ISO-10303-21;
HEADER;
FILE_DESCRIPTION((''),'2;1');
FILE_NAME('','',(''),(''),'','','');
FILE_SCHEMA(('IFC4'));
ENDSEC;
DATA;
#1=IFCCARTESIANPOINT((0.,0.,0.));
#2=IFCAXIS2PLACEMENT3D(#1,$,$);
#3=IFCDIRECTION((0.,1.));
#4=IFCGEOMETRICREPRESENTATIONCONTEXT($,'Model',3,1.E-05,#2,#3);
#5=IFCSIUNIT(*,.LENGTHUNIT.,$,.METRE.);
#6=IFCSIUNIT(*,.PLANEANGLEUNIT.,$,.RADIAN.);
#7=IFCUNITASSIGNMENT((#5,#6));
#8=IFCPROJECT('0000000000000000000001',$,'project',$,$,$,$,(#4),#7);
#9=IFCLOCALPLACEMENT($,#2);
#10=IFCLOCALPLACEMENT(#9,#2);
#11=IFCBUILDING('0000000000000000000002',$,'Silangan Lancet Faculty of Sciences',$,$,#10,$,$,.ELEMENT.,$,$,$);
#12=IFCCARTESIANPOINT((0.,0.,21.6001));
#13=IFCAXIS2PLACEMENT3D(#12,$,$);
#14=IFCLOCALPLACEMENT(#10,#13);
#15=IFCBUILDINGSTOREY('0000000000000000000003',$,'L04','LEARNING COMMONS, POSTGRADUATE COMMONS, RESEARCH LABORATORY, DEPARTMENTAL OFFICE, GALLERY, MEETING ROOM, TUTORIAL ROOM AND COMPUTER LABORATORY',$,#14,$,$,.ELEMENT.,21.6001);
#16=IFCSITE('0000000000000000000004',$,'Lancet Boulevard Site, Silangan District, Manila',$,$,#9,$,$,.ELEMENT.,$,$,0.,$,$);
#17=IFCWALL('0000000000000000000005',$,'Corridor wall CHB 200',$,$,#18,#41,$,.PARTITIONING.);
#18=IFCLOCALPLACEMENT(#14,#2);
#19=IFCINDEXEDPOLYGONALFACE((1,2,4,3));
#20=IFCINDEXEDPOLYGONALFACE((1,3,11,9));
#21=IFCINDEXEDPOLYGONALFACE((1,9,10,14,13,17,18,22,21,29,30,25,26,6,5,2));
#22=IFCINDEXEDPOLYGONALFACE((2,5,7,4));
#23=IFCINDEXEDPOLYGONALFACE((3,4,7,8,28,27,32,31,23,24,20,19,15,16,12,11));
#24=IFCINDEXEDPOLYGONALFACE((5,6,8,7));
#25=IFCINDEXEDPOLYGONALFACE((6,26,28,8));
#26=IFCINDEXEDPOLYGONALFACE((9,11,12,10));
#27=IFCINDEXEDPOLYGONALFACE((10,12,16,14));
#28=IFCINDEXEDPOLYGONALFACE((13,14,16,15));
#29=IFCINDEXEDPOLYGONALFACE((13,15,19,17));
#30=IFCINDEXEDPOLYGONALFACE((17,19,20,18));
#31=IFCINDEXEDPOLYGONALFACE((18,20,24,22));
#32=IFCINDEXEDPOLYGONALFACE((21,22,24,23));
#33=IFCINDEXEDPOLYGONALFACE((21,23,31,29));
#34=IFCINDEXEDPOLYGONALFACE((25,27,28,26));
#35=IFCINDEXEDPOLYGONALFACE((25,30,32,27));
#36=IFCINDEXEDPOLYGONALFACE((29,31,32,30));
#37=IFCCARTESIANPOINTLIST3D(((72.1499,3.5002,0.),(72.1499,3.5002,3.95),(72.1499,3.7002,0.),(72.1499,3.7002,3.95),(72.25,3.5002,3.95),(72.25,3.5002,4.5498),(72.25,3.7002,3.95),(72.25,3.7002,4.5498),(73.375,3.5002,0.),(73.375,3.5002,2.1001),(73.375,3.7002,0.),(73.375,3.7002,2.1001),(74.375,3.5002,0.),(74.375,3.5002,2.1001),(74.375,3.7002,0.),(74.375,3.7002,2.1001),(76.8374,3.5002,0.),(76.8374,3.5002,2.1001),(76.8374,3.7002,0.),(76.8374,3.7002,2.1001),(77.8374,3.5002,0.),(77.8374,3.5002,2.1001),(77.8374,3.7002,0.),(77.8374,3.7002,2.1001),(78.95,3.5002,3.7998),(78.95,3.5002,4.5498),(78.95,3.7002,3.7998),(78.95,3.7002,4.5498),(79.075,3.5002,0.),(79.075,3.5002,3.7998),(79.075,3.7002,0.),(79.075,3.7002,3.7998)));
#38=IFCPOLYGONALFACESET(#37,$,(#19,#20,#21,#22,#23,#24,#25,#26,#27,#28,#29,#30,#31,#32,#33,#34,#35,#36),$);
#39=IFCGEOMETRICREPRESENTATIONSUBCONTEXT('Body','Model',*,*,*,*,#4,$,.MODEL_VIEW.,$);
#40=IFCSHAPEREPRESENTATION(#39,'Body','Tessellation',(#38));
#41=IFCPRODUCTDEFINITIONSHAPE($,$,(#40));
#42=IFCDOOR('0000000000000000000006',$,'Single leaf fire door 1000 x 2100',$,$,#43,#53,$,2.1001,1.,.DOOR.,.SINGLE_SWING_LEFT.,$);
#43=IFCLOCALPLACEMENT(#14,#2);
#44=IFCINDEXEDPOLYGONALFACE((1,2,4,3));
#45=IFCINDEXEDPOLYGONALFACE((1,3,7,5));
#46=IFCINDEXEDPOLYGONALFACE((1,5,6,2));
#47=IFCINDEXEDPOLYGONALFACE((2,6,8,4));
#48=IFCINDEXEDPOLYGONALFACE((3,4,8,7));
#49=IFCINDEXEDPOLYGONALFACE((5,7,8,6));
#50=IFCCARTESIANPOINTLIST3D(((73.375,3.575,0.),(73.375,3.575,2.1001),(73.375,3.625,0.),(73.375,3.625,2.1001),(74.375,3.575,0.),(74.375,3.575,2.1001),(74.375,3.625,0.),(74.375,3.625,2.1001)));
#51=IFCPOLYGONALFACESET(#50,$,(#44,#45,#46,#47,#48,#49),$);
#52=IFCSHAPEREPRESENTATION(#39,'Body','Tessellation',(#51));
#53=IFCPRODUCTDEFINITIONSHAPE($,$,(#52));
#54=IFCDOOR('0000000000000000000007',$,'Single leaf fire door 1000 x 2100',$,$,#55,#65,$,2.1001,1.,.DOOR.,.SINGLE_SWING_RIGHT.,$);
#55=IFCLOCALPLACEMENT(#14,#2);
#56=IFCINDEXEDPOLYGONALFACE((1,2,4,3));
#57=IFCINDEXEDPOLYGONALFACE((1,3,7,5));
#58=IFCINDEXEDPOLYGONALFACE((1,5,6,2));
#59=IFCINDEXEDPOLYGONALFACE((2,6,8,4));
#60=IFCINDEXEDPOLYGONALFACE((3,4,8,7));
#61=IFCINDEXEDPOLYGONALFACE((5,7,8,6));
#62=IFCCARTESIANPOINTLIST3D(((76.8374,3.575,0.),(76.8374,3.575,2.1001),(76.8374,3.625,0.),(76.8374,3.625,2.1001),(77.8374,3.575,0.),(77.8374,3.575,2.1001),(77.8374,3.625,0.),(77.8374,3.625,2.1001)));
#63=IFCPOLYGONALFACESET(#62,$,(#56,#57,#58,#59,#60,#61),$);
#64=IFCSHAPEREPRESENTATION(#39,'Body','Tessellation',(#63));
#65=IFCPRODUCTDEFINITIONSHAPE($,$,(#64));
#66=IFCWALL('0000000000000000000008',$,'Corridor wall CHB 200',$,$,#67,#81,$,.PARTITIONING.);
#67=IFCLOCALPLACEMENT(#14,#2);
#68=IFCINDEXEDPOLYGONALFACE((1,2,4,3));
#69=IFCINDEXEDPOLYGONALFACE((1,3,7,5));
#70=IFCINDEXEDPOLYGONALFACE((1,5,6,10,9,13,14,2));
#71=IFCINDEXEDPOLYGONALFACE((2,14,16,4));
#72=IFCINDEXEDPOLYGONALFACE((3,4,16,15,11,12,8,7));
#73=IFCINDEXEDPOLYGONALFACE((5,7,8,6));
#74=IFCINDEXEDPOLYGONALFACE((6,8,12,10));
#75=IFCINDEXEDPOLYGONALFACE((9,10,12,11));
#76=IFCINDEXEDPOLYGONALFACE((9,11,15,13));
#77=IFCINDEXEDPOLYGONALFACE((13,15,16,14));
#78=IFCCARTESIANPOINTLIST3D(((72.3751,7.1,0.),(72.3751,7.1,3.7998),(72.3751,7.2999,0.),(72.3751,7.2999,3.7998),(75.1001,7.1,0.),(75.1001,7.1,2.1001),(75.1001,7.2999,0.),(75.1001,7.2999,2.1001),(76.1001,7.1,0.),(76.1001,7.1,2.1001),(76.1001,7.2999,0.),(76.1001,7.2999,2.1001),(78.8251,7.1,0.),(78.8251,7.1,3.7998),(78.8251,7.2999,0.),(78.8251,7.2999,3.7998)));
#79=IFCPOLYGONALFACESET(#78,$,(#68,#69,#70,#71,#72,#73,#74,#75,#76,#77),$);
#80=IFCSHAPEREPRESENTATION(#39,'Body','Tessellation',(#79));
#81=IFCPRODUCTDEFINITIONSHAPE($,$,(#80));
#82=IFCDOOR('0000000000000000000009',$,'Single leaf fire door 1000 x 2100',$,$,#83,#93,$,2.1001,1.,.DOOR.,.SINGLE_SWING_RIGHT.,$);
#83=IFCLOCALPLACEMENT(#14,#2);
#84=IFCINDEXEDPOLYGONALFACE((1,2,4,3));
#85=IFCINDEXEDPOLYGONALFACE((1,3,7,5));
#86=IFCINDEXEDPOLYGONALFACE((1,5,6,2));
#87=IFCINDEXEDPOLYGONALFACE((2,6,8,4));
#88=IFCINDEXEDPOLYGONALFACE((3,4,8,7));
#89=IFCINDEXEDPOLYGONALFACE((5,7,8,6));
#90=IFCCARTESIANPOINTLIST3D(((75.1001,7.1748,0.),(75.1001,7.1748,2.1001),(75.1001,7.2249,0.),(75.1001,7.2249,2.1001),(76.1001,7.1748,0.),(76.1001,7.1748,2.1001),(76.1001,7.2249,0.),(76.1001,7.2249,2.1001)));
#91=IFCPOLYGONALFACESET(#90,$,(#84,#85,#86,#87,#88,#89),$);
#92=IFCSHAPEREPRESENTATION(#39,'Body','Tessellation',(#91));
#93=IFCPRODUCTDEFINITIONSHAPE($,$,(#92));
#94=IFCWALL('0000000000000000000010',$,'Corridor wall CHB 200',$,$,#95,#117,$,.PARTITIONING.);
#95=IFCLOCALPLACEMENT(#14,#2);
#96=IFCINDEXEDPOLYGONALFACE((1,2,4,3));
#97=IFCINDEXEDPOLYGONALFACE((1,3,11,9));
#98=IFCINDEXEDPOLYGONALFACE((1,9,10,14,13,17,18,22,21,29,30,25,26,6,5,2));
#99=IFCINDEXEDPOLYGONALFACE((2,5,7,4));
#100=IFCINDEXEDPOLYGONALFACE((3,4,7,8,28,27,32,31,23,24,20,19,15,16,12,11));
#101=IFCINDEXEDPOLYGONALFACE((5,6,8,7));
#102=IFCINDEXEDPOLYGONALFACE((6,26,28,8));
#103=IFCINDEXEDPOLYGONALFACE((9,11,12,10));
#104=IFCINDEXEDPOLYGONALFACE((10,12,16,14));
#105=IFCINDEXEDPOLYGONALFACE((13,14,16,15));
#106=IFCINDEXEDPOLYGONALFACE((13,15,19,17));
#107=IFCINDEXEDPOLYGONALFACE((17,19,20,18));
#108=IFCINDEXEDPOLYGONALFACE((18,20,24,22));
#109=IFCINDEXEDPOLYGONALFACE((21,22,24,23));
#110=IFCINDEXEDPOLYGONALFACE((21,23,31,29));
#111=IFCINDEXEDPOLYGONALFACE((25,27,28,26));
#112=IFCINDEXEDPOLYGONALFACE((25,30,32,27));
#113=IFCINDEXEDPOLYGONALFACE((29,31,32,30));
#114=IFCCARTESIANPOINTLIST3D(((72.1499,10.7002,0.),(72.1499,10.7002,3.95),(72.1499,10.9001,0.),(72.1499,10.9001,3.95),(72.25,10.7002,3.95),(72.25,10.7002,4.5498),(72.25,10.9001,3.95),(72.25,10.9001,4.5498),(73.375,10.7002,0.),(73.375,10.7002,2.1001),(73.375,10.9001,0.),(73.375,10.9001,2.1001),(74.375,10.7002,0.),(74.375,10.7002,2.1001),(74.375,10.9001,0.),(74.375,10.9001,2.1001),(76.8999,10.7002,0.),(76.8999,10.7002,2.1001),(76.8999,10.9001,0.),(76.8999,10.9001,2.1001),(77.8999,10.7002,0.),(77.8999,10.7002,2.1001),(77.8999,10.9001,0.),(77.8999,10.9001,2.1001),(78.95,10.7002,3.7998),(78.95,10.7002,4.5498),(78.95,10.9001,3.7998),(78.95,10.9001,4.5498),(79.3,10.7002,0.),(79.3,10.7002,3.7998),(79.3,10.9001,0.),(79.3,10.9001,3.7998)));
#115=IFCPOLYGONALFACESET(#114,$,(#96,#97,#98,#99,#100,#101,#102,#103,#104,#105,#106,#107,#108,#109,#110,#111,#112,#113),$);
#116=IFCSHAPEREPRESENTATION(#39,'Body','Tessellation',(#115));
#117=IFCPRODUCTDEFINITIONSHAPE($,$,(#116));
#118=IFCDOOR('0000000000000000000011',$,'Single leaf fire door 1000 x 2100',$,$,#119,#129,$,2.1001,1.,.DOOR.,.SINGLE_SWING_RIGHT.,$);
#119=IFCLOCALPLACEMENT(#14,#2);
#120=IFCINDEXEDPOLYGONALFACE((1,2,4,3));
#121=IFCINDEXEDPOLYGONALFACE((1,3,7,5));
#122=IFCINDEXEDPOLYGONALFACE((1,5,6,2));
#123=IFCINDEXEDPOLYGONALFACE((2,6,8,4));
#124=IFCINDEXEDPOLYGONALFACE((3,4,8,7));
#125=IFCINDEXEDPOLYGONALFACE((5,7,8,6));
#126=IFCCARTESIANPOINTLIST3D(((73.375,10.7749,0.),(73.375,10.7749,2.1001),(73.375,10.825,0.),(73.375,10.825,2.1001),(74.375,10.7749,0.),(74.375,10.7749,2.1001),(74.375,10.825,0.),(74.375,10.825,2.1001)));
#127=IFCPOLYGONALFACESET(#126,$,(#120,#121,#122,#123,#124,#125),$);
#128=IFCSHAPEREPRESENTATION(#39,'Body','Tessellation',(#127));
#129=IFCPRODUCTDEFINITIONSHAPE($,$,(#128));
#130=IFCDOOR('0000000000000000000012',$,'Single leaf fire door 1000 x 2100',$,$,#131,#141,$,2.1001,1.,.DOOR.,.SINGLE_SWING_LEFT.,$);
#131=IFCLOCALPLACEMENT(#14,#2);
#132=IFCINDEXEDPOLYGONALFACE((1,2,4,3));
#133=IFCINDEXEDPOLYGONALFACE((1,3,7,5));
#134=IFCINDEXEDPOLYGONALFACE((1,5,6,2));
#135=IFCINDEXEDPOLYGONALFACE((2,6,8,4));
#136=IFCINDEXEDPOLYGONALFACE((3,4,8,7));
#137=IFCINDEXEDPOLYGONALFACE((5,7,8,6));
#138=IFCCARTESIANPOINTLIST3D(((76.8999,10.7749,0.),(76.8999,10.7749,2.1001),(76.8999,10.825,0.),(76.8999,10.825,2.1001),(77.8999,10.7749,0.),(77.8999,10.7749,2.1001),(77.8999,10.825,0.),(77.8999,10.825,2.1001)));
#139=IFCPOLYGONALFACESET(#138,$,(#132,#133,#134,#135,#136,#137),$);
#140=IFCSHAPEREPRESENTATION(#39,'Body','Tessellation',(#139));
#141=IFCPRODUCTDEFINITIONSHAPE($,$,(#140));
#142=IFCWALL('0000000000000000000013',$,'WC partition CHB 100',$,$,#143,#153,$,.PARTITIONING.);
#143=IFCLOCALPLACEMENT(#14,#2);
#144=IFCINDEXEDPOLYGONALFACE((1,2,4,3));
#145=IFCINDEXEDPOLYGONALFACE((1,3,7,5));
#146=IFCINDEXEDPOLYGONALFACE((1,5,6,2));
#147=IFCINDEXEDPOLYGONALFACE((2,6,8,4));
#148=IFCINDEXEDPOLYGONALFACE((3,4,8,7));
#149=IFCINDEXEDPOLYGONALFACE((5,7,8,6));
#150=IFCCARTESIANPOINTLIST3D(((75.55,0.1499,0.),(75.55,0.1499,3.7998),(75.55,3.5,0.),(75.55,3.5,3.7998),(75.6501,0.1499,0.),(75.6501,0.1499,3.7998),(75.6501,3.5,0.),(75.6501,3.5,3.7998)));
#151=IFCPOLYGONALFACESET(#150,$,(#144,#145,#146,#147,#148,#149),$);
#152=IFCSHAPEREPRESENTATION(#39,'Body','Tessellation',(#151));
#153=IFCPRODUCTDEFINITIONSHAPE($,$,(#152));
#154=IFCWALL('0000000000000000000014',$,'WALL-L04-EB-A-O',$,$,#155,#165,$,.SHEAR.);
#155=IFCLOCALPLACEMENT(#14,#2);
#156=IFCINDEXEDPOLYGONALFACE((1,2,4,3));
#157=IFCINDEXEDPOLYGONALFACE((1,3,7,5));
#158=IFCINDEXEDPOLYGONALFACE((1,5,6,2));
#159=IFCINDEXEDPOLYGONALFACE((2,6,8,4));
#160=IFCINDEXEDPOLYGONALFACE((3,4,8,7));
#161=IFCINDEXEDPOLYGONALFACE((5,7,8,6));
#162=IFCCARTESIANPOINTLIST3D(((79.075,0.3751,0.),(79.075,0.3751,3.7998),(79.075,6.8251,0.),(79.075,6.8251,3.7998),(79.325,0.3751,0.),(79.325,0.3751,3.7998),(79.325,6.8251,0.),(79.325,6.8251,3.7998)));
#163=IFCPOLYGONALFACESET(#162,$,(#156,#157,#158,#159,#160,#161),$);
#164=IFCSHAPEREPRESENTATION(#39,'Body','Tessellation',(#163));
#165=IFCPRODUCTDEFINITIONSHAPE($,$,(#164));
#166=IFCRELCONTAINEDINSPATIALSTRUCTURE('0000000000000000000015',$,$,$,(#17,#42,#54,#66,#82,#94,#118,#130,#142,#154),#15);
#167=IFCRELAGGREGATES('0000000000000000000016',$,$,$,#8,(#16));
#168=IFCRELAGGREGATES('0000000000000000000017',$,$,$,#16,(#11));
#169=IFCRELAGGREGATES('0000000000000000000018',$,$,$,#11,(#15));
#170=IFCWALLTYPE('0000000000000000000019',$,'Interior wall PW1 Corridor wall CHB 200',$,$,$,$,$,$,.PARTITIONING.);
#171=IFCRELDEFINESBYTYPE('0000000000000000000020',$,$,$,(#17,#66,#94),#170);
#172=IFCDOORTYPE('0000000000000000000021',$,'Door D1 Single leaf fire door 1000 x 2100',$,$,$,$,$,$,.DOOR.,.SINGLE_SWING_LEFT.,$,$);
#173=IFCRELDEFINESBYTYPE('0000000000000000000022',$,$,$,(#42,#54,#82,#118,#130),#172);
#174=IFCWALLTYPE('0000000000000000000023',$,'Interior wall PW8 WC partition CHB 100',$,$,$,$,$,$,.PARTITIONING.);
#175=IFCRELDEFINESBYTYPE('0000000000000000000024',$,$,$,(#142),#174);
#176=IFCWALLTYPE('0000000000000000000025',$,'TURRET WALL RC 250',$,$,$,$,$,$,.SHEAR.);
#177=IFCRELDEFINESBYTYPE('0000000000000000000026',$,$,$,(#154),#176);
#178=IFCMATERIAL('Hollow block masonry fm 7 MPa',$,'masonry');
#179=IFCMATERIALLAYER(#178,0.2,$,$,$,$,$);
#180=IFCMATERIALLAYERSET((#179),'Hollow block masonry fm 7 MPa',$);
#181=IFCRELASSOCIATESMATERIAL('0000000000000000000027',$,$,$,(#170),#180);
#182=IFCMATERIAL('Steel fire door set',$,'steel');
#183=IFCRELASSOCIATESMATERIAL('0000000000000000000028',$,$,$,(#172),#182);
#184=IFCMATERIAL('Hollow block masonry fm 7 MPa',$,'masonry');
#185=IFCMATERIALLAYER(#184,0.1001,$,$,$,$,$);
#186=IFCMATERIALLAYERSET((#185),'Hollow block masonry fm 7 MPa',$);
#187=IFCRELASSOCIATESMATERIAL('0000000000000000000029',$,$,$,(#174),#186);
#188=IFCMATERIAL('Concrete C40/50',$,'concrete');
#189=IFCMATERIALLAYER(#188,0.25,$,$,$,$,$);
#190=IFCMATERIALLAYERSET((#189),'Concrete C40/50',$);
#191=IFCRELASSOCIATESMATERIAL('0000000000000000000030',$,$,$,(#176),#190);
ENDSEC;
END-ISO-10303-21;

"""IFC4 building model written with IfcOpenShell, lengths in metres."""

from ifc_helpers import new_model, si_unit, direction, frame, frame_2d, origin, place, context, subcontext, project, spatial, polyline, rectangle, outline, extrude, material, layer, layer_set, type_object, element, fill, save


model = new_model("IFC4")

# Units and contexts
model_context = context("Model", 3, precision=1e-05, world=origin(), true_north=direction((0.0, 1.0)))
body_context = subcontext(model_context, "Body", "Model", "MODEL_VIEW")
ifc_project = project(units=[si_unit("LENGTHUNIT", "METRE"), si_unit("PLANEANGLEUNIT", "RADIAN")], contexts=[model_context])

# Site, building, storey
site_placement = place(None, origin())
site = spatial("IfcSite", under=ifc_project, at=site_placement, Name="Lancet Boulevard Site, Silangan District, Manila", CompositionType="ELEMENT", RefElevation=0.0)
building_placement = place(site_placement, origin())
building = spatial("IfcBuilding", under=site, at=building_placement, Name="Silangan Lancet Faculty of Sciences", CompositionType="ELEMENT")
storey_placement = place(building_placement, frame((0.0, 0.0, 21.6001)))
storey = spatial("IfcBuildingStorey", under=building, at=storey_placement, Name="L04", Description="LEARNING COMMONS, POSTGRADUATE COMMONS, RESEARCH LABORATORY, DEPARTMENTAL OFFICE, GALLERY, MEETING ROOM, TUTORIAL ROOM AND COMPUTER LABORATORY", CompositionType="ELEMENT", Elevation=21.6001)

# Wall, openings, doors
ifc_material_1 = material(Name="Hollow block masonry fm 7 MPa", Category="masonry")
ifc_layer_1 = layer(ifc_material_1, 0.2)
ifc_layer_set_1 = layer_set([ifc_layer_1], Name="Hollow block masonry fm 7 MPa")
wall_type_1 = type_object("IfcWallType", Name="Interior wall PW1 Corridor wall CHB 200", PredefinedType="PARTITIONING", material=ifc_layer_set_1)
wall_1_placement = place(storey_placement, frame((72.1499, 3.6001, 0.0), z_axis=(0.0, 0.0, 1.0), x_axis=(1.0, 0.0, 0.0)))
wall_1 = element("IfcWall", 1, at=wall_1_placement, inside=storey, type_object=wall_type_1, Name="Corridor wall CHB 200", PredefinedType="PARTITIONING", context=body_context, shape_type="SweptSolid", body=[
    extrude(outline(polyline([(0.0, 0.0), (6.925, 0.0), (6.925, 3.7998), (6.8, 3.7998), (6.8, 4.5498), (0.1001, 4.5498), (0.1001, 3.95), (0.0, 3.95), (0.0, 0.0)])), frame((0.0, 0.1001, 0.0), z_axis=(0.0, -1.0, 0.0), x_axis=(1.0, 0.0, 0.0)), (0.0, 0.0, 1.0), 0.2),
])
opening_1_placement = place(wall_1_placement, frame((1.2251, 0.0, 0.0)))
opening_1 = element("IfcOpeningElement", 2, at=opening_1_placement, cuts=wall_1, PredefinedType="OPENING", context=body_context, shape_type="SweptSolid", body=[
    extrude(rectangle(XDim=1.0, YDim=2.1001, at=frame_2d((0.5, 1.05))), frame((0.0, 0.1099, 0.0), z_axis=(0.0, -1.0, 0.0), x_axis=(1.0, 0.0, 0.0)), (0.0, 0.0, 1.0), 0.22),
])
opening_2_placement = place(wall_1_placement, frame((4.6875, 0.0, 0.0)))
opening_2 = element("IfcOpeningElement", 3, at=opening_2_placement, cuts=wall_1, PredefinedType="OPENING", context=body_context, shape_type="SweptSolid", body=[
    extrude(rectangle(XDim=1.0, YDim=2.1001, at=frame_2d((0.5, 1.05))), frame((0.0, 0.1099, 0.0), z_axis=(0.0, -1.0, 0.0), x_axis=(1.0, 0.0, 0.0)), (0.0, 0.0, 1.0), 0.22),
])
ifc_material_2 = material(Name="Steel fire door set", Category="steel")
door_type = type_object("IfcDoorType", Name="Door D1 Single leaf fire door 1000 x 2100", OperationType="SINGLE_SWING_LEFT", PredefinedType="DOOR", material=ifc_material_2)
door_1_placement = place(opening_1_placement, frame((1.0, 0.0, 0.0), z_axis=(0.0, 0.0, 1.0), x_axis=(-1.0, 0.0, 0.0)))
door_1 = element("IfcDoor", 4, at=door_1_placement, inside=storey, type_object=door_type, Name="Single leaf fire door 1000 x 2100", OperationType="SINGLE_SWING_LEFT", OverallHeight=2.1001, OverallWidth=1.0, PredefinedType="DOOR", context=body_context, shape_type="SweptSolid", body=[
    extrude(rectangle(XDim=1.0, YDim=2.1001, at=frame_2d((0.5, 1.05))), frame((0.0, 0.0251, 0.0), z_axis=(0.0, -1.0, 0.0), x_axis=(1.0, 0.0, 0.0)), (0.0, 0.0, 1.0), 0.05),
])
fill(opening_1, door_1)
door_2_placement = place(opening_2_placement, frame((1.0, 0.0, 0.0), z_axis=(0.0, 0.0, 1.0), x_axis=(-1.0, 0.0, 0.0)))
door_2 = element("IfcDoor", 5, at=door_2_placement, inside=storey, type_object=door_type, Name="Single leaf fire door 1000 x 2100", OperationType="SINGLE_SWING_RIGHT", OverallHeight=2.1001, OverallWidth=1.0, PredefinedType="DOOR", context=body_context, shape_type="SweptSolid", body=[
    extrude(rectangle(XDim=1.0, YDim=2.1001, at=frame_2d((0.5, 1.05))), frame((0.0, 0.0251, 0.0), z_axis=(0.0, -1.0, 0.0), x_axis=(1.0, 0.0, 0.0)), (0.0, 0.0, 1.0), 0.05),
])
fill(opening_2, door_2)

# Wall, opening, door
wall_2_placement = place(storey_placement, frame((72.375, 7.2, 0.0), z_axis=(0.0, 0.0, 1.0), x_axis=(1.0, 0.0, 0.0)))
wall_2 = element("IfcWall", 6, at=wall_2_placement, inside=storey, type_object=wall_type_1, Name="Corridor wall CHB 200", PredefinedType="PARTITIONING", context=body_context, shape_type="SweptSolid", body=[
    extrude(rectangle(XDim=6.45, YDim=0.2, at=frame_2d((3.2251, 0.0))), origin(), (0.0, 0.0, 1.0), 3.7998),
])
opening_3_placement = place(wall_2_placement, frame((2.7251, 0.0, 0.0)))
opening_3 = element("IfcOpeningElement", 7, at=opening_3_placement, cuts=wall_2, PredefinedType="OPENING", context=body_context, shape_type="SweptSolid", body=[
    extrude(rectangle(XDim=1.0, YDim=2.1001, at=frame_2d((0.5, 1.05))), frame((0.0, 0.1099, 0.0), z_axis=(0.0, -1.0, 0.0), x_axis=(1.0, 0.0, 0.0)), (0.0, 0.0, 1.0), 0.22),
])
door_3_placement = place(opening_3_placement, frame((1.0, 0.0, 0.0), z_axis=(0.0, 0.0, 1.0), x_axis=(-1.0, 0.0, 0.0)))
door_3 = element("IfcDoor", 8, at=door_3_placement, inside=storey, type_object=door_type, Name="Single leaf fire door 1000 x 2100", OperationType="SINGLE_SWING_RIGHT", OverallHeight=2.1001, OverallWidth=1.0, PredefinedType="DOOR", context=body_context, shape_type="SweptSolid", body=[
    extrude(rectangle(XDim=1.0, YDim=2.1001, at=frame_2d((0.5, 1.05))), frame((0.0, 0.0251, 0.0), z_axis=(0.0, -1.0, 0.0), x_axis=(1.0, 0.0, 0.0)), (0.0, 0.0, 1.0), 0.05),
])
fill(opening_3, door_3)

# Wall, openings, doors
wall_3_placement = place(storey_placement, frame((72.1499, 10.8, 0.0), z_axis=(0.0, 0.0, 1.0), x_axis=(1.0, 0.0, 0.0)))
wall_3 = element("IfcWall", 9, at=wall_3_placement, inside=storey, type_object=wall_type_1, Name="Corridor wall CHB 200", PredefinedType="PARTITIONING", context=body_context, shape_type="SweptSolid", body=[
    extrude(outline(polyline([(0.0, 0.0), (7.1501, 0.0), (7.1501, 3.7998), (6.8, 3.7998), (6.8, 4.5498), (0.1001, 4.5498), (0.1001, 3.95), (0.0, 3.95), (0.0, 0.0)])), frame((0.0, 0.1001, 0.0), z_axis=(0.0, -1.0, 0.0), x_axis=(1.0, 0.0, 0.0)), (0.0, 0.0, 1.0), 0.2),
])
opening_4_placement = place(wall_3_placement, frame((1.2251, 0.0, 0.0)))
opening_4 = element("IfcOpeningElement", 10, at=opening_4_placement, cuts=wall_3, PredefinedType="OPENING", context=body_context, shape_type="SweptSolid", body=[
    extrude(rectangle(XDim=1.0, YDim=2.1001, at=frame_2d((0.5, 1.05))), frame((0.0, 0.1099, 0.0), z_axis=(0.0, -1.0, 0.0), x_axis=(1.0, 0.0, 0.0)), (0.0, 0.0, 1.0), 0.22),
])
opening_5_placement = place(wall_3_placement, frame((4.75, 0.0, 0.0)))
opening_5 = element("IfcOpeningElement", 11, at=opening_5_placement, cuts=wall_3, PredefinedType="OPENING", context=body_context, shape_type="SweptSolid", body=[
    extrude(rectangle(XDim=1.0, YDim=2.1001, at=frame_2d((0.5, 1.05))), frame((0.0, 0.1099, 0.0), z_axis=(0.0, -1.0, 0.0), x_axis=(1.0, 0.0, 0.0)), (0.0, 0.0, 1.0), 0.22),
])
door_4_placement = place(opening_4_placement, origin())
door_4 = element("IfcDoor", 12, at=door_4_placement, inside=storey, type_object=door_type, Name="Single leaf fire door 1000 x 2100", OperationType="SINGLE_SWING_RIGHT", OverallHeight=2.1001, OverallWidth=1.0, PredefinedType="DOOR", context=body_context, shape_type="SweptSolid", body=[
    extrude(rectangle(XDim=1.0, YDim=2.1001, at=frame_2d((0.5, 1.05))), frame((0.0, 0.0249, 0.0), z_axis=(0.0, -1.0, 0.0), x_axis=(1.0, 0.0, 0.0)), (0.0, 0.0, 1.0), 0.05),
])
fill(opening_4, door_4)
door_5_placement = place(opening_5_placement, origin())
door_5 = element("IfcDoor", 13, at=door_5_placement, inside=storey, type_object=door_type, Name="Single leaf fire door 1000 x 2100", OperationType="SINGLE_SWING_LEFT", OverallHeight=2.1001, OverallWidth=1.0, PredefinedType="DOOR", context=body_context, shape_type="SweptSolid", body=[
    extrude(rectangle(XDim=1.0, YDim=2.1001, at=frame_2d((0.5, 1.05))), frame((0.0, 0.0249, 0.0), z_axis=(0.0, -1.0, 0.0), x_axis=(1.0, 0.0, 0.0)), (0.0, 0.0, 1.0), 0.05),
])
fill(opening_5, door_5)

# Walls
ifc_material_3 = material(Name="Hollow block masonry fm 7 MPa", Category="masonry")
ifc_layer_2 = layer(ifc_material_3, 0.1001)
ifc_layer_set_2 = layer_set([ifc_layer_2], Name="Hollow block masonry fm 7 MPa")
wall_type_2 = type_object("IfcWallType", Name="Interior wall PW8 WC partition CHB 100", PredefinedType="PARTITIONING", material=ifc_layer_set_2)
wall_4_placement = place(storey_placement, frame((75.6001, 0.1499, 0.0), z_axis=(0.0, 0.0, 1.0), x_axis=(0.0, 1.0, 0.0)))
element("IfcWall", 14, at=wall_4_placement, inside=storey, type_object=wall_type_2, Name="WC partition CHB 100", PredefinedType="PARTITIONING", context=body_context, shape_type="SweptSolid", body=[
    extrude(rectangle(XDim=3.3501, YDim=0.1001, at=frame_2d((1.675, 0.0))), origin(), (0.0, 0.0, 1.0), 3.7998),
])
ifc_material_4 = material(Name="Concrete C40/50", Category="concrete")
ifc_layer_3 = layer(ifc_material_4, 0.25)
ifc_layer_set_3 = layer_set([ifc_layer_3], Name="Concrete C40/50")
wall_type_3 = type_object("IfcWallType", Name="TURRET WALL RC 250", PredefinedType="SHEAR", material=ifc_layer_set_3)
wall_5_placement = place(storey_placement, frame((79.2, 0.375, 0.0), z_axis=(0.0, 0.0, 1.0), x_axis=(0.0, 1.0, 0.0)))
element("IfcWall", 15, at=wall_5_placement, inside=storey, type_object=wall_type_3, Name="WALL-L04-EB-A-O", PredefinedType="SHEAR", context=body_context, shape_type="SweptSolid", body=[
    extrude(rectangle(XDim=6.45, YDim=0.25, at=frame_2d((3.2251, 0.0))), origin(), (0.0, 0.0, 1.0), 3.7998),
])

save(model, "model.ifc")
